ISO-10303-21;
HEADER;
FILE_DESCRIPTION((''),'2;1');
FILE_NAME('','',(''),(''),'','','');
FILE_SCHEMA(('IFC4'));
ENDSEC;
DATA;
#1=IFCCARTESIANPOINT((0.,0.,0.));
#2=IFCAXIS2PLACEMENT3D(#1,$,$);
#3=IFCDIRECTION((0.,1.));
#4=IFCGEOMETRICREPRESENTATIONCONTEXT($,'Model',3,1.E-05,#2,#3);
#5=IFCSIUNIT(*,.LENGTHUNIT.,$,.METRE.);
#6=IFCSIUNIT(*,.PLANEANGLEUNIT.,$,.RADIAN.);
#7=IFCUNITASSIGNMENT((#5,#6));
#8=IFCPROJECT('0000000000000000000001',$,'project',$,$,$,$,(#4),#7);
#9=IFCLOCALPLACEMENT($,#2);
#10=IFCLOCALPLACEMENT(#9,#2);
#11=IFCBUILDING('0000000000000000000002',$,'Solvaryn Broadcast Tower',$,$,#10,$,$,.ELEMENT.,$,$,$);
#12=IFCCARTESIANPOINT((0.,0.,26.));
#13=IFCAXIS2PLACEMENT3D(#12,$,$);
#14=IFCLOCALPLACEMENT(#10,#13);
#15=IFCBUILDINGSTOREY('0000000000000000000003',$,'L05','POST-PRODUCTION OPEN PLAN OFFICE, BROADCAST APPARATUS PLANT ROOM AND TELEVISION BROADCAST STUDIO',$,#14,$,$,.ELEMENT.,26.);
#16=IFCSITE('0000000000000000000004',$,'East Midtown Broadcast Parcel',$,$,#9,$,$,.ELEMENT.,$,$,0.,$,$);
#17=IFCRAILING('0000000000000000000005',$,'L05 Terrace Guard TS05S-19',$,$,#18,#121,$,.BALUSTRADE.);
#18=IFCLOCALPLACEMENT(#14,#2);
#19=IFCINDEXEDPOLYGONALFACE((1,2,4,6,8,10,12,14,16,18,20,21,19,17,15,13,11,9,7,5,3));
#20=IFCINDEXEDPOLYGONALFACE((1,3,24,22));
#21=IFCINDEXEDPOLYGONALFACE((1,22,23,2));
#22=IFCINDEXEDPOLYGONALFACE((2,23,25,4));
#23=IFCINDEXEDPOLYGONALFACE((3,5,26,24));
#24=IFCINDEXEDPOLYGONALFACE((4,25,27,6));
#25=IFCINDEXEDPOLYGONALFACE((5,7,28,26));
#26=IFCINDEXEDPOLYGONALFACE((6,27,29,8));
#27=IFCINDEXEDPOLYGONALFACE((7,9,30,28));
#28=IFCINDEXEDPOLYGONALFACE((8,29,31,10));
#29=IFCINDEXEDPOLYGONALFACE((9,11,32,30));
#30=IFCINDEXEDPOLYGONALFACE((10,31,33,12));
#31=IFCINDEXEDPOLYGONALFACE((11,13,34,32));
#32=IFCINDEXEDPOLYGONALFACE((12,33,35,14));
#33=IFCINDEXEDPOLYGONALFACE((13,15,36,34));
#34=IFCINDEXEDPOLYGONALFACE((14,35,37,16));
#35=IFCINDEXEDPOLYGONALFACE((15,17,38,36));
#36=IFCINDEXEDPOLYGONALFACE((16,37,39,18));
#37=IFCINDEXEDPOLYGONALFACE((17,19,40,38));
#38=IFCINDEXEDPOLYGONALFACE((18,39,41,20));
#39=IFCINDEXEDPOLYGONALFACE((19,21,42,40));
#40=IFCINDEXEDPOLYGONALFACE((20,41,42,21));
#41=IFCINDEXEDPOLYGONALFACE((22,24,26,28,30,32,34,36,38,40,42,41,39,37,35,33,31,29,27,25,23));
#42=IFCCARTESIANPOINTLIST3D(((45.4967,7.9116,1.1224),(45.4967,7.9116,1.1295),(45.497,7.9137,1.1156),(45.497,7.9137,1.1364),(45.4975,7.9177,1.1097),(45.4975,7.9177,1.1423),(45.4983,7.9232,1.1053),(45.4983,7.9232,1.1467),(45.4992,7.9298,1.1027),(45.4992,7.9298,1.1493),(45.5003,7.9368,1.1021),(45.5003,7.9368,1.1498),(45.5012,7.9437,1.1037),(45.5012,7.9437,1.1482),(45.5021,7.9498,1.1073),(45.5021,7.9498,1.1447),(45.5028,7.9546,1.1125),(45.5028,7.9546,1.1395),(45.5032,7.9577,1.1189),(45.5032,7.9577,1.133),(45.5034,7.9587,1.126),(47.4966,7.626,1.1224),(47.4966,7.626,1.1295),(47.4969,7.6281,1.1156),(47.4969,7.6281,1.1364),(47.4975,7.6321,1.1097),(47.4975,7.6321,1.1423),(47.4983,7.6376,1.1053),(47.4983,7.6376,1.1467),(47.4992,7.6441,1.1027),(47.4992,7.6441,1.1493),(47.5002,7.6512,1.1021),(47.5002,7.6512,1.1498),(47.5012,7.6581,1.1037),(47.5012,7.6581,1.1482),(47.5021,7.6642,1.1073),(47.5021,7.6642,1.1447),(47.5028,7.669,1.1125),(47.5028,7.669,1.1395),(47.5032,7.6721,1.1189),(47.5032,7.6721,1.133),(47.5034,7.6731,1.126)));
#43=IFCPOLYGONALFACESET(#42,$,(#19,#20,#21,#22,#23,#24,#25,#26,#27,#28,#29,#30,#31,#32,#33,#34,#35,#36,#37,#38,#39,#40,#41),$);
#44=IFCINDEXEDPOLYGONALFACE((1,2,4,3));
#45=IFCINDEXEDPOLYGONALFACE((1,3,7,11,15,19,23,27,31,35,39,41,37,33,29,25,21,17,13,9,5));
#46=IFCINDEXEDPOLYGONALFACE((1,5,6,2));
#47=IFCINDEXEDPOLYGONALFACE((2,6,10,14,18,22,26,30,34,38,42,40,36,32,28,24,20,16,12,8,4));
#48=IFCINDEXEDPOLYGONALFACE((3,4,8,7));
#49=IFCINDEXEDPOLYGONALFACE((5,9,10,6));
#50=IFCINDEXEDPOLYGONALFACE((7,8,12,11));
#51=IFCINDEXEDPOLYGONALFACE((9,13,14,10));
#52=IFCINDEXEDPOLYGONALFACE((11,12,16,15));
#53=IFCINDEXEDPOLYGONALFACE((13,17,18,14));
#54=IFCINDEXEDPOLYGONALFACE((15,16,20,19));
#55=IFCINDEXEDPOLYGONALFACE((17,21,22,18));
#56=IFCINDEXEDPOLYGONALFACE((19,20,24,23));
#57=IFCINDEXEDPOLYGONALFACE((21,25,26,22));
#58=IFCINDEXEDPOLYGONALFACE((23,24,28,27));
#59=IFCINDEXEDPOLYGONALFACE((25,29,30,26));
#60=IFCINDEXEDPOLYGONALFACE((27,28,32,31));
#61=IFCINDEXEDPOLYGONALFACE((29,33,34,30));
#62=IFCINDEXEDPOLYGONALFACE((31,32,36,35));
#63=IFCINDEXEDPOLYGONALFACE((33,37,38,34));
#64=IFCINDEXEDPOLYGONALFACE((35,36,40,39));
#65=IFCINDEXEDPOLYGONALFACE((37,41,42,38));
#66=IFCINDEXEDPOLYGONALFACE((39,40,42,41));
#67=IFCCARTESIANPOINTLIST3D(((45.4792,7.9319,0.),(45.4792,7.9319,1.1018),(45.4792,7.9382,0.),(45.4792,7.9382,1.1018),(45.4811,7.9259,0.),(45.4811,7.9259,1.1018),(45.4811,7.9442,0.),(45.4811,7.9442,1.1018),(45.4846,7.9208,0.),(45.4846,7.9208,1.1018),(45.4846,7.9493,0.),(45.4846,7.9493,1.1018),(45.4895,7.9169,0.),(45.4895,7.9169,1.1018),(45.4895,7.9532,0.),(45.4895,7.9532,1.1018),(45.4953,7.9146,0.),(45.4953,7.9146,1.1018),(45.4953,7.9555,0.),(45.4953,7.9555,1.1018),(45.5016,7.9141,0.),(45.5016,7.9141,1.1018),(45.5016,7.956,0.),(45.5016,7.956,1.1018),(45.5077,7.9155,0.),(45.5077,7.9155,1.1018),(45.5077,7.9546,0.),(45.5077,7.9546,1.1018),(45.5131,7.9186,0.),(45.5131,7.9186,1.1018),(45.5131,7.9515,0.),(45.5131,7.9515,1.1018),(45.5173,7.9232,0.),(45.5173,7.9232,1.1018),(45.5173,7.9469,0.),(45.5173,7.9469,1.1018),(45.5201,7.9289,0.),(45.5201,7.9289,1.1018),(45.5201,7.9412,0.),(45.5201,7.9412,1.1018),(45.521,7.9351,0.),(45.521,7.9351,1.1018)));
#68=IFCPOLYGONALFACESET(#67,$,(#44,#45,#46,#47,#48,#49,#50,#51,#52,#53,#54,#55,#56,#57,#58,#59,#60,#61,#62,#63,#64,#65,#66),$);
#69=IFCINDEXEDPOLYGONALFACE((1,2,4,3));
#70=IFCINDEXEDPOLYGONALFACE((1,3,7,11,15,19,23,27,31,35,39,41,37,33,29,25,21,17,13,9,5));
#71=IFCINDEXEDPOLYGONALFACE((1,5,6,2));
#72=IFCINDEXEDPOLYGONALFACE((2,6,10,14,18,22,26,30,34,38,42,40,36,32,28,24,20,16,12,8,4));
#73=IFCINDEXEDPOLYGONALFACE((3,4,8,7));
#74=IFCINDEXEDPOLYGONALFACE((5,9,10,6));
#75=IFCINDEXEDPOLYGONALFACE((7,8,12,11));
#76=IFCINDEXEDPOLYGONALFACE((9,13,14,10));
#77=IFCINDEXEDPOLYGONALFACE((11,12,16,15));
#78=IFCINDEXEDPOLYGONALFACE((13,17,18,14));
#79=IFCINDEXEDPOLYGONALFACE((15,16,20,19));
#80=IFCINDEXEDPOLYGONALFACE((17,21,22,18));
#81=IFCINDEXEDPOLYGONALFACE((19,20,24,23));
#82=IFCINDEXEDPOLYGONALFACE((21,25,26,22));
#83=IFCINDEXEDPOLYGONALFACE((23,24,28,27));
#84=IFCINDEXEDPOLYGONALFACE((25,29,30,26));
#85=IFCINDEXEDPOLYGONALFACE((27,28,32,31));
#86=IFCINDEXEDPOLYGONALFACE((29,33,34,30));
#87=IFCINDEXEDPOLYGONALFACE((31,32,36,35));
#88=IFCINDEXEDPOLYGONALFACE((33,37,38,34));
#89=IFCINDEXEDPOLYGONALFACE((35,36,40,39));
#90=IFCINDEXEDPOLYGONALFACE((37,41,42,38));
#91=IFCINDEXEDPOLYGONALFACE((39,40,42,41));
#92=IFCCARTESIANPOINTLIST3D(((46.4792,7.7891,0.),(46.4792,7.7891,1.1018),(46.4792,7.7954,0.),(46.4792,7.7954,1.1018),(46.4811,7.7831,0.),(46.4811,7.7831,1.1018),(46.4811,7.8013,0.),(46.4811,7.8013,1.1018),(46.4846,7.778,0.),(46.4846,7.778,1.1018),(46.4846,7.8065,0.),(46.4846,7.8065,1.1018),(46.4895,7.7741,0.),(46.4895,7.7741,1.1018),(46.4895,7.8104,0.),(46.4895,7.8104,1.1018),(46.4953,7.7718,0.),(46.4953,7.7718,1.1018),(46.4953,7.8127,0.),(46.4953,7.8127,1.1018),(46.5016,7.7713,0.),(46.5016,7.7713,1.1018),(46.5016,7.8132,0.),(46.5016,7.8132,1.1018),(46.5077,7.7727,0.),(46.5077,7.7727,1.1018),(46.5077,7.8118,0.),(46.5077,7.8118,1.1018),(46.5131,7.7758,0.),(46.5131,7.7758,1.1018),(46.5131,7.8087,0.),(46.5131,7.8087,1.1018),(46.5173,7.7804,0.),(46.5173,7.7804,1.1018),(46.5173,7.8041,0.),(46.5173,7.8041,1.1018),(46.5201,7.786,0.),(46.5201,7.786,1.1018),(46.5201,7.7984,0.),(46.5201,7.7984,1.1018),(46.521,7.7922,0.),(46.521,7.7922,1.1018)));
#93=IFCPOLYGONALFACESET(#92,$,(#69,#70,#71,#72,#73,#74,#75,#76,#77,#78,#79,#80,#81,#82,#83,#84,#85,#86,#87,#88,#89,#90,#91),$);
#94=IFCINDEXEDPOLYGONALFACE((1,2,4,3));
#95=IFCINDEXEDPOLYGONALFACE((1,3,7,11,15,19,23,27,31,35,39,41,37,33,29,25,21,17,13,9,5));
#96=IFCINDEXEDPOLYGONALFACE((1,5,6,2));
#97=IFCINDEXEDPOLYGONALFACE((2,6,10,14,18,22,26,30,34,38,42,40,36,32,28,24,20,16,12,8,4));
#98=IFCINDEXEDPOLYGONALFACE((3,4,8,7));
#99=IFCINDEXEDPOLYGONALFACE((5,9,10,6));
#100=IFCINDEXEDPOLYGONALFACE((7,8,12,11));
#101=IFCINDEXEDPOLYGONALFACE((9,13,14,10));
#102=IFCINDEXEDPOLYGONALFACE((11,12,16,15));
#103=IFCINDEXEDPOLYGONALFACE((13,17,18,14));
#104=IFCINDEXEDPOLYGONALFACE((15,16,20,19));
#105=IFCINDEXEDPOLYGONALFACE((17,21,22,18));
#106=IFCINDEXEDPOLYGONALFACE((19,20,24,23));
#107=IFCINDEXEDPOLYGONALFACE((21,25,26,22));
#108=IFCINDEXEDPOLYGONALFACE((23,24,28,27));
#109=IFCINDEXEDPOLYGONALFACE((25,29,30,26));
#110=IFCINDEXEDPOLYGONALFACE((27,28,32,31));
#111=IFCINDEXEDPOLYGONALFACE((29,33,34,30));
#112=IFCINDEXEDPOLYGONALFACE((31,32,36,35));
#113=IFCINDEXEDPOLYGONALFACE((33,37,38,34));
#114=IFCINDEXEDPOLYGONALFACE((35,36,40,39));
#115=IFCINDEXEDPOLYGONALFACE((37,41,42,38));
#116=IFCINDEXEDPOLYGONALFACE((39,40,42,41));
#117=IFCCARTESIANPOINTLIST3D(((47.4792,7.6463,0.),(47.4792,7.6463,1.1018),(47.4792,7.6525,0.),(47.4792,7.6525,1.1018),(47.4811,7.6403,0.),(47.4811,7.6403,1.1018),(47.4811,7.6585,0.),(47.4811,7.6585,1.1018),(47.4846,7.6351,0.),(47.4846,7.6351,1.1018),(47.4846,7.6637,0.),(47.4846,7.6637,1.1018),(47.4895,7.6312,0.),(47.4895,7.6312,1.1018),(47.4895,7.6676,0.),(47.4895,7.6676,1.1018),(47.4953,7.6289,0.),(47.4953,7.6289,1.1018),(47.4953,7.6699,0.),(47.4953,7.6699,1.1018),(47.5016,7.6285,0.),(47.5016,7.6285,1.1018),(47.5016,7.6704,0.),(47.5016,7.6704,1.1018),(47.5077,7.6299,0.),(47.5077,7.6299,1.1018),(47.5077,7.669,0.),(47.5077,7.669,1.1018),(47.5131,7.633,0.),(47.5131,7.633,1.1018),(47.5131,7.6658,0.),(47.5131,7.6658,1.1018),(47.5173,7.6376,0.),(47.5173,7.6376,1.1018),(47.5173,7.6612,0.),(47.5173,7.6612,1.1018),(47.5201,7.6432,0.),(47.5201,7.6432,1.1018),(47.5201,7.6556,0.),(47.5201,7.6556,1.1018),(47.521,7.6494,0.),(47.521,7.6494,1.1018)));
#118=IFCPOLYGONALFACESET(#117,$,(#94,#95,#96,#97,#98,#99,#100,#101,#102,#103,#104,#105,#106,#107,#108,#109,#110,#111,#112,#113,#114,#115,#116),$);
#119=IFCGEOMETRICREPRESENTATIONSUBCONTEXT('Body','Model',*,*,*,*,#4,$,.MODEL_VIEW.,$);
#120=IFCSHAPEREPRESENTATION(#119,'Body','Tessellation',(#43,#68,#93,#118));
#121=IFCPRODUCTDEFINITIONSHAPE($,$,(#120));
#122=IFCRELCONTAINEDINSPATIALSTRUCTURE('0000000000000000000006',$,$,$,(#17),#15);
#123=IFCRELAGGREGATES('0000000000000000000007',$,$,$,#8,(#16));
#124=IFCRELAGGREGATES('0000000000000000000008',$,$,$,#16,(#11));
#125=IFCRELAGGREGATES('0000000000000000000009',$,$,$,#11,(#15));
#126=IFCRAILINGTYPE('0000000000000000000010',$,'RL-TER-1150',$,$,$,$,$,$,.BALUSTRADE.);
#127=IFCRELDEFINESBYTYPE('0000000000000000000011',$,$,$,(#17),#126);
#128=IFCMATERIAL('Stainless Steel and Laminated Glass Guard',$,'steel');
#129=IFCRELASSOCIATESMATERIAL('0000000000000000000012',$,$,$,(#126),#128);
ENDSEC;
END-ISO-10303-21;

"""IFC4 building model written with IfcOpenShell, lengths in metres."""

from ifc_helpers import new_model, si_unit, direction, frame, origin, origin_2d, place, context, subcontext, project, spatial, circle, extrude, material, type_object, element, save


model = new_model("IFC4")

# Units and contexts
model_context = context("Model", 3, precision=1e-05, world=origin(), true_north=direction((0.0, 1.0)))
body_context = subcontext(model_context, "Body", "Model", "MODEL_VIEW")
ifc_project = project(units=[si_unit("LENGTHUNIT", "METRE"), si_unit("PLANEANGLEUNIT", "RADIAN")], contexts=[model_context])

# Site, building, storey
site_placement = place(None, origin())
site = spatial("IfcSite", under=ifc_project, at=site_placement, Name="East Midtown Broadcast Parcel", CompositionType="ELEMENT", RefElevation=0.0)
building_placement = place(site_placement, origin())
building = spatial("IfcBuilding", under=site, at=building_placement, Name="Solvaryn Broadcast Tower", CompositionType="ELEMENT")
storey_placement = place(building_placement, frame((0.0, 0.0, 26.0)))
storey = spatial("IfcBuildingStorey", under=building, at=storey_placement, Name="L05", Description="POST-PRODUCTION OPEN PLAN OFFICE, BROADCAST APPARATUS PLANT ROOM AND TELEVISION BROADCAST STUDIO", CompositionType="ELEMENT", Elevation=26.0)

# Railing
ifc_material_1 = material(Name="Stainless Steel and Laminated Glass Guard", Category="steel")
railing_type = type_object("IfcRailingType", Name="RL-TER-1150", PredefinedType="BALUSTRADE", material=ifc_material_1)
railing_1_placement = place(storey_placement, frame((45.5, 7.9351, 0.0)))
element("IfcRailing", 1, at=railing_1_placement, inside=storey, type_object=railing_type, Name="L05 Terrace Guard TS05S-19", PredefinedType="BALUSTRADE", context=body_context, shape_type="SweptSolid", body=[
    extrude(circle(Radius=0.0239, at=origin_2d()), frame((0.0, 0.0, 1.126), z_axis=(0.989954, -0.141388, 0.0), x_axis=(0.141388, 0.989954, 0.0)), (0.0, 0.0, 1.0), 2.0203),
    extrude(circle(Radius=0.021, at=origin_2d()), origin(), (0.0, 0.0, 1.0), 1.1018),
    extrude(circle(Radius=0.021, at=origin_2d()), frame((1.0, -0.1428, 0.0)), (0.0, 0.0, 1.0), 1.1018),
    extrude(circle(Radius=0.021, at=origin_2d()), frame((2.0, -0.2856, 0.0)), (0.0, 0.0, 1.0), 1.1018),
])

save(model, "model.ifc")
